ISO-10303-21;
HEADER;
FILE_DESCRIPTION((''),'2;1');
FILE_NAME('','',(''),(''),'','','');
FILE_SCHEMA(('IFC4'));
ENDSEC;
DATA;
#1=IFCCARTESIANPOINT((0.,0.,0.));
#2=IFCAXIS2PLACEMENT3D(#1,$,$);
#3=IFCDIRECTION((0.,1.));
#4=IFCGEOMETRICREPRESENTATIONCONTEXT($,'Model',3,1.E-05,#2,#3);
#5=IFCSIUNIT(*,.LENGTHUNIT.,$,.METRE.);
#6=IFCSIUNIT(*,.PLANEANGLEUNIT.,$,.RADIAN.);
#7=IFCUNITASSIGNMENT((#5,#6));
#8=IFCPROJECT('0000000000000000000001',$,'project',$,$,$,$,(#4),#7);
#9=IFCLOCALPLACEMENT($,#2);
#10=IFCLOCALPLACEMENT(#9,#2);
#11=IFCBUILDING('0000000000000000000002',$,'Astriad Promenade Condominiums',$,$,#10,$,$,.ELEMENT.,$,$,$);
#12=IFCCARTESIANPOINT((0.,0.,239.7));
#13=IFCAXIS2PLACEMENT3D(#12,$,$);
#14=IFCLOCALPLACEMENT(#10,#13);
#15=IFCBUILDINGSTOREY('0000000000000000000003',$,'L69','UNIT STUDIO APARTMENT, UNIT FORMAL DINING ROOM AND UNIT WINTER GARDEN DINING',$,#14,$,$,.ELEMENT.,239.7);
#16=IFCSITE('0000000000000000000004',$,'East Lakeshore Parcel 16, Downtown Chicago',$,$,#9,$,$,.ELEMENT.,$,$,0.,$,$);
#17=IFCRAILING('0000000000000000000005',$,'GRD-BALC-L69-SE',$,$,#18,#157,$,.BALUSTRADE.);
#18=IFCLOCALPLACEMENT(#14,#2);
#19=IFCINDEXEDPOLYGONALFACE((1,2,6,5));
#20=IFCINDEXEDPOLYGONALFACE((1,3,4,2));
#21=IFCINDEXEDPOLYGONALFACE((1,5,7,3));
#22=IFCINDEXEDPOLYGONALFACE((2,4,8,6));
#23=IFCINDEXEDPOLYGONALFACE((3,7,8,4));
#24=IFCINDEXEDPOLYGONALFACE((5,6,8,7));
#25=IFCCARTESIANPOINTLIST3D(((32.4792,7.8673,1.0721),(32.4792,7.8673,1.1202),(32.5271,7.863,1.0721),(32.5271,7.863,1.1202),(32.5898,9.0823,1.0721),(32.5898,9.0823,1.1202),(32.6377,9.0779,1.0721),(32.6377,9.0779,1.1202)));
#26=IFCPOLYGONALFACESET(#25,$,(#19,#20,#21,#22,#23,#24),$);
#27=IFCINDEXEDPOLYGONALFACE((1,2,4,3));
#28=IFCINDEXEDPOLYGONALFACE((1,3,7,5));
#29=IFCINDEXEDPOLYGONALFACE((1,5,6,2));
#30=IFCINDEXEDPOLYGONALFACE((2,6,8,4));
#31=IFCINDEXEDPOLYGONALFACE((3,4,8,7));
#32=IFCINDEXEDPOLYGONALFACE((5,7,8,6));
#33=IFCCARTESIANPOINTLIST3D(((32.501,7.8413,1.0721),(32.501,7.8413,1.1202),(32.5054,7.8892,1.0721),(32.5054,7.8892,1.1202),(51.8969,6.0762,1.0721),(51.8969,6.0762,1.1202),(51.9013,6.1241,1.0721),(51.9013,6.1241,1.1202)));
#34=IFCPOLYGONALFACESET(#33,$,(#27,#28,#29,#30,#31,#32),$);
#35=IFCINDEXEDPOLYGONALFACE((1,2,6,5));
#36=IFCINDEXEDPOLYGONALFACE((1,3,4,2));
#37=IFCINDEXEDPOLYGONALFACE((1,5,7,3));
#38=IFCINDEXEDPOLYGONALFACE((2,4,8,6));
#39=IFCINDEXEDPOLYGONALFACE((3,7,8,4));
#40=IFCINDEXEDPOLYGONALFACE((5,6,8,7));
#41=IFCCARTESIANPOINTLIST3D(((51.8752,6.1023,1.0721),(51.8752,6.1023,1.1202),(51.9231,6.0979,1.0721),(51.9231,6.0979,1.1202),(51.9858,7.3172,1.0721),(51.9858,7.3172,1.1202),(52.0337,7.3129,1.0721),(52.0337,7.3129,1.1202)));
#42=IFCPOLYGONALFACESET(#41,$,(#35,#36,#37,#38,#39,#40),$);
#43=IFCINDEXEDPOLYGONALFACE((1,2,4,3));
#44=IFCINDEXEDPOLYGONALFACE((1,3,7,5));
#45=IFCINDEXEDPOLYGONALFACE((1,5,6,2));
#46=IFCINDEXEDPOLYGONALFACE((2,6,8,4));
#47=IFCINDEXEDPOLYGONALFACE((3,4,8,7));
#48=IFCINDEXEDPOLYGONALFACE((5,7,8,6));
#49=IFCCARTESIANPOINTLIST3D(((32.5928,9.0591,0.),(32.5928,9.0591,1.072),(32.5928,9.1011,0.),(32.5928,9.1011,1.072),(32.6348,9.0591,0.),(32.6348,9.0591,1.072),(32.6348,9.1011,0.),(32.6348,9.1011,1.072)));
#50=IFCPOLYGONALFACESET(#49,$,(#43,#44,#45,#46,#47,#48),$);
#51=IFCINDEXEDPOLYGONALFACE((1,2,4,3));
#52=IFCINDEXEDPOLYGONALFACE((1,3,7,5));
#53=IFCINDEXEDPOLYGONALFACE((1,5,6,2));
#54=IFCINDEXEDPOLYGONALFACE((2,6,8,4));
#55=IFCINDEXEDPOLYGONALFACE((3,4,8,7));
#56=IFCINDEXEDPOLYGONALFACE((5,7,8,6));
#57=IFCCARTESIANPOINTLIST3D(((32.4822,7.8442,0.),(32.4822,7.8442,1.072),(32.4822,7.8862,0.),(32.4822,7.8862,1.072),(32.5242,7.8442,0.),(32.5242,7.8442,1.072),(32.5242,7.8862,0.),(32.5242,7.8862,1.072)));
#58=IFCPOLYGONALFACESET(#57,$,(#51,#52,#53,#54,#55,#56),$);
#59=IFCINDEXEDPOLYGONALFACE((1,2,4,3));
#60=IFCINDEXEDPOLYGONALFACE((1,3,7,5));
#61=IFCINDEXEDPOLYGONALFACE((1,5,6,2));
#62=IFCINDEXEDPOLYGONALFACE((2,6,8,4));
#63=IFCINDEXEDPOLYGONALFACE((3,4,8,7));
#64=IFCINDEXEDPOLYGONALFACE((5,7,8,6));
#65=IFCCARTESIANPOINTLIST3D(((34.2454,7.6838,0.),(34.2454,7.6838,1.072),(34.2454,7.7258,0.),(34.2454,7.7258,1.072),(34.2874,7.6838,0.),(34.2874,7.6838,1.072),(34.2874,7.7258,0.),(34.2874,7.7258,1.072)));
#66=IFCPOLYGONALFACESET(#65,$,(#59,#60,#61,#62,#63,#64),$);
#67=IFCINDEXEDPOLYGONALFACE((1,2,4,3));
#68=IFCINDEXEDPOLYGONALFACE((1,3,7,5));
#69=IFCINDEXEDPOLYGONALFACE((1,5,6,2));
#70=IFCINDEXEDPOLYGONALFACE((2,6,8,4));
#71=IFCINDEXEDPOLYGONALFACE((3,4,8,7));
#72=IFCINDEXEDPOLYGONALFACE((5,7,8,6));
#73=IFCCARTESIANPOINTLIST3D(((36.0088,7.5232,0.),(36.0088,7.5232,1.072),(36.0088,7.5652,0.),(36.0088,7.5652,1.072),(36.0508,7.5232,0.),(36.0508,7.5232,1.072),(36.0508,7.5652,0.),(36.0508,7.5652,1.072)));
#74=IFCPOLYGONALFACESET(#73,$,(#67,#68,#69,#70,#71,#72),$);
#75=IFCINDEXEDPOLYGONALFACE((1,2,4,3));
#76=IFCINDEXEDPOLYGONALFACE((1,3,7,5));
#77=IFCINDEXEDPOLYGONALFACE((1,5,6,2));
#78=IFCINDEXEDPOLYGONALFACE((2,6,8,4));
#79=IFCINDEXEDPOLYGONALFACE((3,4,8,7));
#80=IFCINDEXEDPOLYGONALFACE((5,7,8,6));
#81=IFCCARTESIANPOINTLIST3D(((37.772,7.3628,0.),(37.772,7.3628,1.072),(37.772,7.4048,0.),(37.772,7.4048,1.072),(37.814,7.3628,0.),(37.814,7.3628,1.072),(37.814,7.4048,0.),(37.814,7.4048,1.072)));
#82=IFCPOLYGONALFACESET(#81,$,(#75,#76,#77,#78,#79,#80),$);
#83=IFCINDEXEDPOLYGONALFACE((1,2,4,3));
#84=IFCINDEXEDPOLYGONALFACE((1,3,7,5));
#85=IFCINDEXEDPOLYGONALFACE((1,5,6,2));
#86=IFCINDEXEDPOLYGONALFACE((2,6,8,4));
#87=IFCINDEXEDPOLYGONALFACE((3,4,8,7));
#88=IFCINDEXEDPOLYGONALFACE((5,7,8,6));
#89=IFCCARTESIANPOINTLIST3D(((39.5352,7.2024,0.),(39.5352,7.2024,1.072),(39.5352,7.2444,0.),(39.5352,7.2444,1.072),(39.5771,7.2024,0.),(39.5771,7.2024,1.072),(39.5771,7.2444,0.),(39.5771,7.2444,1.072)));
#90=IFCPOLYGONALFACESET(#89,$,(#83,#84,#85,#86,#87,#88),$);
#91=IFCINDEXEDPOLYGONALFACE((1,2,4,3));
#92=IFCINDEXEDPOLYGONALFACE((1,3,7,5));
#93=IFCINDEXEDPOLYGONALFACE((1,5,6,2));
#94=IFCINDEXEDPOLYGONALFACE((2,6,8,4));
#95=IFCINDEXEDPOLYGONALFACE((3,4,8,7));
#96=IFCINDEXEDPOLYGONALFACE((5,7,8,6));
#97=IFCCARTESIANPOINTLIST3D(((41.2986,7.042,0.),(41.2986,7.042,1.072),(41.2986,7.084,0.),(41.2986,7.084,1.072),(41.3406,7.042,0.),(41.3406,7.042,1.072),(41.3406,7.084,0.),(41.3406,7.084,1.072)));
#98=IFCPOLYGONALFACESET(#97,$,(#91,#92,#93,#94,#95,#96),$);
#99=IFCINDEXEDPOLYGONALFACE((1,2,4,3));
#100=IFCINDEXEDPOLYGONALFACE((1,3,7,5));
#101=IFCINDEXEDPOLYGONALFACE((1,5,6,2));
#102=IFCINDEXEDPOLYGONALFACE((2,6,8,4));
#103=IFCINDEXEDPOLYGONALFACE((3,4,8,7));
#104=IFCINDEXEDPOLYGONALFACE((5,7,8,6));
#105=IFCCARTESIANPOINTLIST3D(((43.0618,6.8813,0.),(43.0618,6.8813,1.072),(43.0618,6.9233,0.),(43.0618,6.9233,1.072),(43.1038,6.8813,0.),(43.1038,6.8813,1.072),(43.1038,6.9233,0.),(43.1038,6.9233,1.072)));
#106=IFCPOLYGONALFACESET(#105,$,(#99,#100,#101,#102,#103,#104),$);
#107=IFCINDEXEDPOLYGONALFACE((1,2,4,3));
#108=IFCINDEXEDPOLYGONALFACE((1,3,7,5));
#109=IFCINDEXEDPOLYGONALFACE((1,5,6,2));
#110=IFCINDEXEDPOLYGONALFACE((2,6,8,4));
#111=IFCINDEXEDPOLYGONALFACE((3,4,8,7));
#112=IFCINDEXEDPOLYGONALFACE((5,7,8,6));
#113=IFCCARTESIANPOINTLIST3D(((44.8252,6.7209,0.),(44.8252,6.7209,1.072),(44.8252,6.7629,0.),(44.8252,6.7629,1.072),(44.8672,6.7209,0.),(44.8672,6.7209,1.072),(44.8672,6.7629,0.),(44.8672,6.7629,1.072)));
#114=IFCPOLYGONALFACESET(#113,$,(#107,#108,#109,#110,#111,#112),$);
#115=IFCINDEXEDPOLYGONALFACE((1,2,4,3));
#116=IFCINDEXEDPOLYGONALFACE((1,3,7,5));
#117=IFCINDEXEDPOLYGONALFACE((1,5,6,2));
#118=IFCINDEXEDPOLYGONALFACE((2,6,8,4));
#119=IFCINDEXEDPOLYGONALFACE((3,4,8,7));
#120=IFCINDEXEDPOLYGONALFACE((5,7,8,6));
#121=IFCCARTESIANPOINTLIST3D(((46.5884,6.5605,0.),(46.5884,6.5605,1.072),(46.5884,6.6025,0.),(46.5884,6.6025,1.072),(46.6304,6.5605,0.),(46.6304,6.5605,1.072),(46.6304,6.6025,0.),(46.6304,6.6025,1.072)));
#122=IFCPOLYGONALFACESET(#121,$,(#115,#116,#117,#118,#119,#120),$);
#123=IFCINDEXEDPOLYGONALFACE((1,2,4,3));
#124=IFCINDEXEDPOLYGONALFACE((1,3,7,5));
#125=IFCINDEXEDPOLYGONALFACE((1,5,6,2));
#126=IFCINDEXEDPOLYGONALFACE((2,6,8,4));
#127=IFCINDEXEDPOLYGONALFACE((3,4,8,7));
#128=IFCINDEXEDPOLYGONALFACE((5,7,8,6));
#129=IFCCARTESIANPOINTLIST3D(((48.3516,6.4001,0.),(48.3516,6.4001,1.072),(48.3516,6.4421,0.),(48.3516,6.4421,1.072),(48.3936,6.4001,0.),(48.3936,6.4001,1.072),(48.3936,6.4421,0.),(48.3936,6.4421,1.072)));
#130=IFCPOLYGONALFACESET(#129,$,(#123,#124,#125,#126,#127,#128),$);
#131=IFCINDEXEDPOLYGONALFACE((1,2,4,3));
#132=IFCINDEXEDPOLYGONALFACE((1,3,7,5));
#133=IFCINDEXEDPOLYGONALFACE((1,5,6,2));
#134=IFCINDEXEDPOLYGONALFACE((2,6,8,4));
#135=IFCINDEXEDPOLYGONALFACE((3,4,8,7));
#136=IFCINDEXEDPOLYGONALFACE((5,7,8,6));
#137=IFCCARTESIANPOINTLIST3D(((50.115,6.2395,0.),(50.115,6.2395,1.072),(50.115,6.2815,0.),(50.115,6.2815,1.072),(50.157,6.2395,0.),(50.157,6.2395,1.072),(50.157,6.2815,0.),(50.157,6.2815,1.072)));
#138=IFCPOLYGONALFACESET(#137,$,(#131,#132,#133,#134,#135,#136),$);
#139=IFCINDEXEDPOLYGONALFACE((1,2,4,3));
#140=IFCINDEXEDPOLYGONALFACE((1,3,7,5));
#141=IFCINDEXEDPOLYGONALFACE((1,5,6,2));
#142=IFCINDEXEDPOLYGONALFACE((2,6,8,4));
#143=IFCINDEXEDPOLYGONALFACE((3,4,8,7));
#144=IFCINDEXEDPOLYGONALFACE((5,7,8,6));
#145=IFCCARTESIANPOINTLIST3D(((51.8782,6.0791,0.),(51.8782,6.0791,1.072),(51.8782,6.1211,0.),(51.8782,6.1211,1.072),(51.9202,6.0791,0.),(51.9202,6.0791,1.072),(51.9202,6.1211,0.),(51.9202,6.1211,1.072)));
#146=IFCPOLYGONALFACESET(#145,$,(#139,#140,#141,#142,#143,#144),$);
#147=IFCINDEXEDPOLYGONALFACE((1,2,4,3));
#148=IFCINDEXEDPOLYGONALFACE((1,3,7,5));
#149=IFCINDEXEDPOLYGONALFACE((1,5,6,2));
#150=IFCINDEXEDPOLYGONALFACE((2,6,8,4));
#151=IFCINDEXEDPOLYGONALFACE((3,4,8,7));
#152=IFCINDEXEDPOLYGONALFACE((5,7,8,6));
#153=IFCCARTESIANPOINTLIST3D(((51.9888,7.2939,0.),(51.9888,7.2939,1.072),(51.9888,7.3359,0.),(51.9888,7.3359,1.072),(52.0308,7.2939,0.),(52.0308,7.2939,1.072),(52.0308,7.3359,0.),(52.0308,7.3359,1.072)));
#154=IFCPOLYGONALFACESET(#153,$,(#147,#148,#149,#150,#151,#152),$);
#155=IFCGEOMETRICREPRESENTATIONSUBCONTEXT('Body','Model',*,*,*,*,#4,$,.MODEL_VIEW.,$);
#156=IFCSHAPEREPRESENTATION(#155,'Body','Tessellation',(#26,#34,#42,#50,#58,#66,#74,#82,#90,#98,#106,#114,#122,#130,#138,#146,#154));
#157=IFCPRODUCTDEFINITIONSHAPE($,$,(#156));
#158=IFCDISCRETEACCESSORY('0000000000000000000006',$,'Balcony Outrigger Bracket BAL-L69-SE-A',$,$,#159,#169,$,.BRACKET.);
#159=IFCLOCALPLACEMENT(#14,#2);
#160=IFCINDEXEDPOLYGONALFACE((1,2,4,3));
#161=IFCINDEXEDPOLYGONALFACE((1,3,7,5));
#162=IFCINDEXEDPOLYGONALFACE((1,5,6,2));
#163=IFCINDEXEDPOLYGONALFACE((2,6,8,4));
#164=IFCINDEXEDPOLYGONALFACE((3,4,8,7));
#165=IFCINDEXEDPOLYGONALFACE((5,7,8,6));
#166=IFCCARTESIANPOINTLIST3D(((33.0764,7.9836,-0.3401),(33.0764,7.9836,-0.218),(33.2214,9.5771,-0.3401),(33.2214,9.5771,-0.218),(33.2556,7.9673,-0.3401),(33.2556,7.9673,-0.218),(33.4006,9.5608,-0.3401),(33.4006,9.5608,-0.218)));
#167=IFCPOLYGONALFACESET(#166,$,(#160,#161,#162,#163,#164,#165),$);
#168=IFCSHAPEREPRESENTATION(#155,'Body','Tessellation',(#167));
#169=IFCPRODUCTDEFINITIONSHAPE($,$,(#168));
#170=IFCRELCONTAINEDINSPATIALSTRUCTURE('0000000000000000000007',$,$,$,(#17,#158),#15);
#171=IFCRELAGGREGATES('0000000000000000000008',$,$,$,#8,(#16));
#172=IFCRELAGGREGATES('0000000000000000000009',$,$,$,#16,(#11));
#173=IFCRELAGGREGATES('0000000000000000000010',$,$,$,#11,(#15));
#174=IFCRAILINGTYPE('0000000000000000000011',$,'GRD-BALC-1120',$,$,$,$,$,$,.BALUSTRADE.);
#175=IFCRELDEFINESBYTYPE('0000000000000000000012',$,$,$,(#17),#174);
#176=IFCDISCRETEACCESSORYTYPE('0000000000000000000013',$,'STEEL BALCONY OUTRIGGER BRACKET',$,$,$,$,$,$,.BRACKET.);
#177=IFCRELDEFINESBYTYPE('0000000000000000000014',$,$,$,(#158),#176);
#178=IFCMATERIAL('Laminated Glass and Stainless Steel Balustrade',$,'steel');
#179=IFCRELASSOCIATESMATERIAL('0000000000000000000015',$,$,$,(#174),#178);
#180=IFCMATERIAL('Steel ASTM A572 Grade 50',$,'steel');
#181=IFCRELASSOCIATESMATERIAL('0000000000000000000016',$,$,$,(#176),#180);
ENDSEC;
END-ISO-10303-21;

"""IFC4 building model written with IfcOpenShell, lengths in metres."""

from ifc_helpers import new_model, si_unit, direction, frame, origin, origin_2d, place, context, subcontext, project, spatial, rectangle, extrude, source, transform, mapped, material, type_object, type_shapes, element, save


model = new_model("IFC4")

# Units and contexts
model_context = context("Model", 3, precision=1e-05, world=origin(), true_north=direction((0.0, 1.0)))
body_context = subcontext(model_context, "Body", "Model", "MODEL_VIEW")
ifc_project = project(units=[si_unit("LENGTHUNIT", "METRE"), si_unit("PLANEANGLEUNIT", "RADIAN")], contexts=[model_context])

# Site, building, storey
site_placement = place(None, origin())
site = spatial("IfcSite", under=ifc_project, at=site_placement, Name="East Lakeshore Parcel 16, Downtown Chicago", CompositionType="ELEMENT", RefElevation=0.0)
building_placement = place(site_placement, origin())
building = spatial("IfcBuilding", under=site, at=building_placement, Name="Astriad Promenade Condominiums", CompositionType="ELEMENT")
storey_placement = place(building_placement, frame((0.0, 0.0, 239.7)))
storey = spatial("IfcBuildingStorey", under=building, at=storey_placement, Name="L69", Description="UNIT STUDIO APARTMENT, UNIT FORMAL DINING ROOM AND UNIT WINTER GARDEN DINING", CompositionType="ELEMENT", Elevation=239.7)

# Railing
ifc_material_1 = material(Name="Laminated Glass and Stainless Steel Balustrade", Category="steel")
railing_type = type_object("IfcRailingType", Name="GRD-BALC-1120", PredefinedType="BALUSTRADE", material=ifc_material_1)
shared_shape_1 = source(origin(), body_context, "Body", "SweptSolid", [
    extrude(rectangle(XDim=0.0481, YDim=0.0481, at=origin_2d()), frame((0.0, 0.0, 1.0962), z_axis=(-0.090662, -0.995882, 0.0), x_axis=(0.995882, -0.090662, 0.0)), (0.0, 0.0, 1.0), 1.22),
    extrude(rectangle(XDim=0.0481, YDim=0.0481, at=origin_2d()), frame((-0.1106, -1.2148, 1.0962), z_axis=(0.995885, -0.090631, 0.0), x_axis=(0.090631, 0.995885, 0.0)), (0.0, 0.0, 1.0), 19.4761),
    extrude(rectangle(XDim=0.0481, YDim=0.0481, at=origin_2d()), frame((19.2854, -2.98, 1.0962), z_axis=(0.090662, 0.995882, 0.0), x_axis=(-0.995882, 0.090662, 0.0)), (0.0, 0.0, 1.0), 1.22),
    extrude(rectangle(XDim=0.042, YDim=0.042, at=origin_2d()), origin(), (0.0, 0.0, 1.0), 1.072),
    extrude(rectangle(XDim=0.042, YDim=0.042, at=origin_2d()), frame((-0.1106, -1.2148, 0.0)), (0.0, 0.0, 1.0), 1.072),
    extrude(rectangle(XDim=0.042, YDim=0.042, at=origin_2d()), frame((1.6526, -1.3752, 0.0)), (0.0, 0.0, 1.0), 1.072),
    extrude(rectangle(XDim=0.042, YDim=0.042, at=origin_2d()), frame((3.416, -1.5359, 0.0)), (0.0, 0.0, 1.0), 1.072),
    extrude(rectangle(XDim=0.042, YDim=0.042, at=origin_2d()), frame((5.1792, -1.6963, 0.0)), (0.0, 0.0, 1.0), 1.072),
    extrude(rectangle(XDim=0.042, YDim=0.042, at=origin_2d()), frame((6.9424, -1.8567, 0.0)), (0.0, 0.0, 1.0), 1.072),
    extrude(rectangle(XDim=0.042, YDim=0.042, at=origin_2d()), frame((8.7058, -2.0171, 0.0)), (0.0, 0.0, 1.0), 1.072),
    extrude(rectangle(XDim=0.042, YDim=0.042, at=origin_2d()), frame((10.469, -2.1777, 0.0)), (0.0, 0.0, 1.0), 1.072),
    extrude(rectangle(XDim=0.042, YDim=0.042, at=origin_2d()), frame((12.2324, -2.3381, 0.0)), (0.0, 0.0, 1.0), 1.072),
    extrude(rectangle(XDim=0.042, YDim=0.042, at=origin_2d()), frame((13.9956, -2.4985, 0.0)), (0.0, 0.0, 1.0), 1.072),
    extrude(rectangle(XDim=0.042, YDim=0.042, at=origin_2d()), frame((15.7588, -2.6589, 0.0)), (0.0, 0.0, 1.0), 1.072),
    extrude(rectangle(XDim=0.042, YDim=0.042, at=origin_2d()), frame((17.5222, -2.8196, 0.0)), (0.0, 0.0, 1.0), 1.072),
    extrude(rectangle(XDim=0.042, YDim=0.042, at=origin_2d()), frame((19.2854, -2.98, 0.0)), (0.0, 0.0, 1.0), 1.072),
    extrude(rectangle(XDim=0.042, YDim=0.042, at=origin_2d()), frame((19.396, -1.7651, 0.0)), (0.0, 0.0, 1.0), 1.072),
])
type_shapes(railing_type, [shared_shape_1])
railing_placement = place(storey_placement, frame((32.6138, 9.0801, 0.0)))
element("IfcRailing", 1, at=railing_placement, inside=storey, type_object=railing_type, Name="GRD-BALC-L69-SE", PredefinedType="BALUSTRADE", context=body_context, shape_type="MappedRepresentation", body=[
    mapped(shared_shape_1, transform((0.0, 0.0, 0.0), scale=1.0)),
])

# Discrete accessory
ifc_material_2 = material(Name="Steel ASTM A572 Grade 50", Category="steel")
discrete_accessory_type = type_object("IfcDiscreteAccessoryType", Name="STEEL BALCONY OUTRIGGER BRACKET", PredefinedType="BRACKET", material=ifc_material_2)
shared_shape_2 = source(origin(), body_context, "Body", "SweptSolid", [
    extrude(rectangle(XDim=1.6001, YDim=0.1799, at=origin_2d()), origin(), (0.0, 0.0, 1.0), 0.1221),
])
type_shapes(discrete_accessory_type, [shared_shape_2])
discrete_accessory_placement = place(storey_placement, frame((33.2385, 8.7722, -0.3401), z_axis=(0.0, 0.0, 1.0), x_axis=(-0.090633, -0.995884, 0.0)))
element("IfcDiscreteAccessory", 2, at=discrete_accessory_placement, inside=storey, type_object=discrete_accessory_type, Name="Balcony Outrigger Bracket BAL-L69-SE-A", PredefinedType="BRACKET", context=body_context, shape_type="MappedRepresentation", body=[
    mapped(shared_shape_2, transform((0.0, 0.0, 0.0), scale=1.0)),
])

save(model, "model.ifc")
